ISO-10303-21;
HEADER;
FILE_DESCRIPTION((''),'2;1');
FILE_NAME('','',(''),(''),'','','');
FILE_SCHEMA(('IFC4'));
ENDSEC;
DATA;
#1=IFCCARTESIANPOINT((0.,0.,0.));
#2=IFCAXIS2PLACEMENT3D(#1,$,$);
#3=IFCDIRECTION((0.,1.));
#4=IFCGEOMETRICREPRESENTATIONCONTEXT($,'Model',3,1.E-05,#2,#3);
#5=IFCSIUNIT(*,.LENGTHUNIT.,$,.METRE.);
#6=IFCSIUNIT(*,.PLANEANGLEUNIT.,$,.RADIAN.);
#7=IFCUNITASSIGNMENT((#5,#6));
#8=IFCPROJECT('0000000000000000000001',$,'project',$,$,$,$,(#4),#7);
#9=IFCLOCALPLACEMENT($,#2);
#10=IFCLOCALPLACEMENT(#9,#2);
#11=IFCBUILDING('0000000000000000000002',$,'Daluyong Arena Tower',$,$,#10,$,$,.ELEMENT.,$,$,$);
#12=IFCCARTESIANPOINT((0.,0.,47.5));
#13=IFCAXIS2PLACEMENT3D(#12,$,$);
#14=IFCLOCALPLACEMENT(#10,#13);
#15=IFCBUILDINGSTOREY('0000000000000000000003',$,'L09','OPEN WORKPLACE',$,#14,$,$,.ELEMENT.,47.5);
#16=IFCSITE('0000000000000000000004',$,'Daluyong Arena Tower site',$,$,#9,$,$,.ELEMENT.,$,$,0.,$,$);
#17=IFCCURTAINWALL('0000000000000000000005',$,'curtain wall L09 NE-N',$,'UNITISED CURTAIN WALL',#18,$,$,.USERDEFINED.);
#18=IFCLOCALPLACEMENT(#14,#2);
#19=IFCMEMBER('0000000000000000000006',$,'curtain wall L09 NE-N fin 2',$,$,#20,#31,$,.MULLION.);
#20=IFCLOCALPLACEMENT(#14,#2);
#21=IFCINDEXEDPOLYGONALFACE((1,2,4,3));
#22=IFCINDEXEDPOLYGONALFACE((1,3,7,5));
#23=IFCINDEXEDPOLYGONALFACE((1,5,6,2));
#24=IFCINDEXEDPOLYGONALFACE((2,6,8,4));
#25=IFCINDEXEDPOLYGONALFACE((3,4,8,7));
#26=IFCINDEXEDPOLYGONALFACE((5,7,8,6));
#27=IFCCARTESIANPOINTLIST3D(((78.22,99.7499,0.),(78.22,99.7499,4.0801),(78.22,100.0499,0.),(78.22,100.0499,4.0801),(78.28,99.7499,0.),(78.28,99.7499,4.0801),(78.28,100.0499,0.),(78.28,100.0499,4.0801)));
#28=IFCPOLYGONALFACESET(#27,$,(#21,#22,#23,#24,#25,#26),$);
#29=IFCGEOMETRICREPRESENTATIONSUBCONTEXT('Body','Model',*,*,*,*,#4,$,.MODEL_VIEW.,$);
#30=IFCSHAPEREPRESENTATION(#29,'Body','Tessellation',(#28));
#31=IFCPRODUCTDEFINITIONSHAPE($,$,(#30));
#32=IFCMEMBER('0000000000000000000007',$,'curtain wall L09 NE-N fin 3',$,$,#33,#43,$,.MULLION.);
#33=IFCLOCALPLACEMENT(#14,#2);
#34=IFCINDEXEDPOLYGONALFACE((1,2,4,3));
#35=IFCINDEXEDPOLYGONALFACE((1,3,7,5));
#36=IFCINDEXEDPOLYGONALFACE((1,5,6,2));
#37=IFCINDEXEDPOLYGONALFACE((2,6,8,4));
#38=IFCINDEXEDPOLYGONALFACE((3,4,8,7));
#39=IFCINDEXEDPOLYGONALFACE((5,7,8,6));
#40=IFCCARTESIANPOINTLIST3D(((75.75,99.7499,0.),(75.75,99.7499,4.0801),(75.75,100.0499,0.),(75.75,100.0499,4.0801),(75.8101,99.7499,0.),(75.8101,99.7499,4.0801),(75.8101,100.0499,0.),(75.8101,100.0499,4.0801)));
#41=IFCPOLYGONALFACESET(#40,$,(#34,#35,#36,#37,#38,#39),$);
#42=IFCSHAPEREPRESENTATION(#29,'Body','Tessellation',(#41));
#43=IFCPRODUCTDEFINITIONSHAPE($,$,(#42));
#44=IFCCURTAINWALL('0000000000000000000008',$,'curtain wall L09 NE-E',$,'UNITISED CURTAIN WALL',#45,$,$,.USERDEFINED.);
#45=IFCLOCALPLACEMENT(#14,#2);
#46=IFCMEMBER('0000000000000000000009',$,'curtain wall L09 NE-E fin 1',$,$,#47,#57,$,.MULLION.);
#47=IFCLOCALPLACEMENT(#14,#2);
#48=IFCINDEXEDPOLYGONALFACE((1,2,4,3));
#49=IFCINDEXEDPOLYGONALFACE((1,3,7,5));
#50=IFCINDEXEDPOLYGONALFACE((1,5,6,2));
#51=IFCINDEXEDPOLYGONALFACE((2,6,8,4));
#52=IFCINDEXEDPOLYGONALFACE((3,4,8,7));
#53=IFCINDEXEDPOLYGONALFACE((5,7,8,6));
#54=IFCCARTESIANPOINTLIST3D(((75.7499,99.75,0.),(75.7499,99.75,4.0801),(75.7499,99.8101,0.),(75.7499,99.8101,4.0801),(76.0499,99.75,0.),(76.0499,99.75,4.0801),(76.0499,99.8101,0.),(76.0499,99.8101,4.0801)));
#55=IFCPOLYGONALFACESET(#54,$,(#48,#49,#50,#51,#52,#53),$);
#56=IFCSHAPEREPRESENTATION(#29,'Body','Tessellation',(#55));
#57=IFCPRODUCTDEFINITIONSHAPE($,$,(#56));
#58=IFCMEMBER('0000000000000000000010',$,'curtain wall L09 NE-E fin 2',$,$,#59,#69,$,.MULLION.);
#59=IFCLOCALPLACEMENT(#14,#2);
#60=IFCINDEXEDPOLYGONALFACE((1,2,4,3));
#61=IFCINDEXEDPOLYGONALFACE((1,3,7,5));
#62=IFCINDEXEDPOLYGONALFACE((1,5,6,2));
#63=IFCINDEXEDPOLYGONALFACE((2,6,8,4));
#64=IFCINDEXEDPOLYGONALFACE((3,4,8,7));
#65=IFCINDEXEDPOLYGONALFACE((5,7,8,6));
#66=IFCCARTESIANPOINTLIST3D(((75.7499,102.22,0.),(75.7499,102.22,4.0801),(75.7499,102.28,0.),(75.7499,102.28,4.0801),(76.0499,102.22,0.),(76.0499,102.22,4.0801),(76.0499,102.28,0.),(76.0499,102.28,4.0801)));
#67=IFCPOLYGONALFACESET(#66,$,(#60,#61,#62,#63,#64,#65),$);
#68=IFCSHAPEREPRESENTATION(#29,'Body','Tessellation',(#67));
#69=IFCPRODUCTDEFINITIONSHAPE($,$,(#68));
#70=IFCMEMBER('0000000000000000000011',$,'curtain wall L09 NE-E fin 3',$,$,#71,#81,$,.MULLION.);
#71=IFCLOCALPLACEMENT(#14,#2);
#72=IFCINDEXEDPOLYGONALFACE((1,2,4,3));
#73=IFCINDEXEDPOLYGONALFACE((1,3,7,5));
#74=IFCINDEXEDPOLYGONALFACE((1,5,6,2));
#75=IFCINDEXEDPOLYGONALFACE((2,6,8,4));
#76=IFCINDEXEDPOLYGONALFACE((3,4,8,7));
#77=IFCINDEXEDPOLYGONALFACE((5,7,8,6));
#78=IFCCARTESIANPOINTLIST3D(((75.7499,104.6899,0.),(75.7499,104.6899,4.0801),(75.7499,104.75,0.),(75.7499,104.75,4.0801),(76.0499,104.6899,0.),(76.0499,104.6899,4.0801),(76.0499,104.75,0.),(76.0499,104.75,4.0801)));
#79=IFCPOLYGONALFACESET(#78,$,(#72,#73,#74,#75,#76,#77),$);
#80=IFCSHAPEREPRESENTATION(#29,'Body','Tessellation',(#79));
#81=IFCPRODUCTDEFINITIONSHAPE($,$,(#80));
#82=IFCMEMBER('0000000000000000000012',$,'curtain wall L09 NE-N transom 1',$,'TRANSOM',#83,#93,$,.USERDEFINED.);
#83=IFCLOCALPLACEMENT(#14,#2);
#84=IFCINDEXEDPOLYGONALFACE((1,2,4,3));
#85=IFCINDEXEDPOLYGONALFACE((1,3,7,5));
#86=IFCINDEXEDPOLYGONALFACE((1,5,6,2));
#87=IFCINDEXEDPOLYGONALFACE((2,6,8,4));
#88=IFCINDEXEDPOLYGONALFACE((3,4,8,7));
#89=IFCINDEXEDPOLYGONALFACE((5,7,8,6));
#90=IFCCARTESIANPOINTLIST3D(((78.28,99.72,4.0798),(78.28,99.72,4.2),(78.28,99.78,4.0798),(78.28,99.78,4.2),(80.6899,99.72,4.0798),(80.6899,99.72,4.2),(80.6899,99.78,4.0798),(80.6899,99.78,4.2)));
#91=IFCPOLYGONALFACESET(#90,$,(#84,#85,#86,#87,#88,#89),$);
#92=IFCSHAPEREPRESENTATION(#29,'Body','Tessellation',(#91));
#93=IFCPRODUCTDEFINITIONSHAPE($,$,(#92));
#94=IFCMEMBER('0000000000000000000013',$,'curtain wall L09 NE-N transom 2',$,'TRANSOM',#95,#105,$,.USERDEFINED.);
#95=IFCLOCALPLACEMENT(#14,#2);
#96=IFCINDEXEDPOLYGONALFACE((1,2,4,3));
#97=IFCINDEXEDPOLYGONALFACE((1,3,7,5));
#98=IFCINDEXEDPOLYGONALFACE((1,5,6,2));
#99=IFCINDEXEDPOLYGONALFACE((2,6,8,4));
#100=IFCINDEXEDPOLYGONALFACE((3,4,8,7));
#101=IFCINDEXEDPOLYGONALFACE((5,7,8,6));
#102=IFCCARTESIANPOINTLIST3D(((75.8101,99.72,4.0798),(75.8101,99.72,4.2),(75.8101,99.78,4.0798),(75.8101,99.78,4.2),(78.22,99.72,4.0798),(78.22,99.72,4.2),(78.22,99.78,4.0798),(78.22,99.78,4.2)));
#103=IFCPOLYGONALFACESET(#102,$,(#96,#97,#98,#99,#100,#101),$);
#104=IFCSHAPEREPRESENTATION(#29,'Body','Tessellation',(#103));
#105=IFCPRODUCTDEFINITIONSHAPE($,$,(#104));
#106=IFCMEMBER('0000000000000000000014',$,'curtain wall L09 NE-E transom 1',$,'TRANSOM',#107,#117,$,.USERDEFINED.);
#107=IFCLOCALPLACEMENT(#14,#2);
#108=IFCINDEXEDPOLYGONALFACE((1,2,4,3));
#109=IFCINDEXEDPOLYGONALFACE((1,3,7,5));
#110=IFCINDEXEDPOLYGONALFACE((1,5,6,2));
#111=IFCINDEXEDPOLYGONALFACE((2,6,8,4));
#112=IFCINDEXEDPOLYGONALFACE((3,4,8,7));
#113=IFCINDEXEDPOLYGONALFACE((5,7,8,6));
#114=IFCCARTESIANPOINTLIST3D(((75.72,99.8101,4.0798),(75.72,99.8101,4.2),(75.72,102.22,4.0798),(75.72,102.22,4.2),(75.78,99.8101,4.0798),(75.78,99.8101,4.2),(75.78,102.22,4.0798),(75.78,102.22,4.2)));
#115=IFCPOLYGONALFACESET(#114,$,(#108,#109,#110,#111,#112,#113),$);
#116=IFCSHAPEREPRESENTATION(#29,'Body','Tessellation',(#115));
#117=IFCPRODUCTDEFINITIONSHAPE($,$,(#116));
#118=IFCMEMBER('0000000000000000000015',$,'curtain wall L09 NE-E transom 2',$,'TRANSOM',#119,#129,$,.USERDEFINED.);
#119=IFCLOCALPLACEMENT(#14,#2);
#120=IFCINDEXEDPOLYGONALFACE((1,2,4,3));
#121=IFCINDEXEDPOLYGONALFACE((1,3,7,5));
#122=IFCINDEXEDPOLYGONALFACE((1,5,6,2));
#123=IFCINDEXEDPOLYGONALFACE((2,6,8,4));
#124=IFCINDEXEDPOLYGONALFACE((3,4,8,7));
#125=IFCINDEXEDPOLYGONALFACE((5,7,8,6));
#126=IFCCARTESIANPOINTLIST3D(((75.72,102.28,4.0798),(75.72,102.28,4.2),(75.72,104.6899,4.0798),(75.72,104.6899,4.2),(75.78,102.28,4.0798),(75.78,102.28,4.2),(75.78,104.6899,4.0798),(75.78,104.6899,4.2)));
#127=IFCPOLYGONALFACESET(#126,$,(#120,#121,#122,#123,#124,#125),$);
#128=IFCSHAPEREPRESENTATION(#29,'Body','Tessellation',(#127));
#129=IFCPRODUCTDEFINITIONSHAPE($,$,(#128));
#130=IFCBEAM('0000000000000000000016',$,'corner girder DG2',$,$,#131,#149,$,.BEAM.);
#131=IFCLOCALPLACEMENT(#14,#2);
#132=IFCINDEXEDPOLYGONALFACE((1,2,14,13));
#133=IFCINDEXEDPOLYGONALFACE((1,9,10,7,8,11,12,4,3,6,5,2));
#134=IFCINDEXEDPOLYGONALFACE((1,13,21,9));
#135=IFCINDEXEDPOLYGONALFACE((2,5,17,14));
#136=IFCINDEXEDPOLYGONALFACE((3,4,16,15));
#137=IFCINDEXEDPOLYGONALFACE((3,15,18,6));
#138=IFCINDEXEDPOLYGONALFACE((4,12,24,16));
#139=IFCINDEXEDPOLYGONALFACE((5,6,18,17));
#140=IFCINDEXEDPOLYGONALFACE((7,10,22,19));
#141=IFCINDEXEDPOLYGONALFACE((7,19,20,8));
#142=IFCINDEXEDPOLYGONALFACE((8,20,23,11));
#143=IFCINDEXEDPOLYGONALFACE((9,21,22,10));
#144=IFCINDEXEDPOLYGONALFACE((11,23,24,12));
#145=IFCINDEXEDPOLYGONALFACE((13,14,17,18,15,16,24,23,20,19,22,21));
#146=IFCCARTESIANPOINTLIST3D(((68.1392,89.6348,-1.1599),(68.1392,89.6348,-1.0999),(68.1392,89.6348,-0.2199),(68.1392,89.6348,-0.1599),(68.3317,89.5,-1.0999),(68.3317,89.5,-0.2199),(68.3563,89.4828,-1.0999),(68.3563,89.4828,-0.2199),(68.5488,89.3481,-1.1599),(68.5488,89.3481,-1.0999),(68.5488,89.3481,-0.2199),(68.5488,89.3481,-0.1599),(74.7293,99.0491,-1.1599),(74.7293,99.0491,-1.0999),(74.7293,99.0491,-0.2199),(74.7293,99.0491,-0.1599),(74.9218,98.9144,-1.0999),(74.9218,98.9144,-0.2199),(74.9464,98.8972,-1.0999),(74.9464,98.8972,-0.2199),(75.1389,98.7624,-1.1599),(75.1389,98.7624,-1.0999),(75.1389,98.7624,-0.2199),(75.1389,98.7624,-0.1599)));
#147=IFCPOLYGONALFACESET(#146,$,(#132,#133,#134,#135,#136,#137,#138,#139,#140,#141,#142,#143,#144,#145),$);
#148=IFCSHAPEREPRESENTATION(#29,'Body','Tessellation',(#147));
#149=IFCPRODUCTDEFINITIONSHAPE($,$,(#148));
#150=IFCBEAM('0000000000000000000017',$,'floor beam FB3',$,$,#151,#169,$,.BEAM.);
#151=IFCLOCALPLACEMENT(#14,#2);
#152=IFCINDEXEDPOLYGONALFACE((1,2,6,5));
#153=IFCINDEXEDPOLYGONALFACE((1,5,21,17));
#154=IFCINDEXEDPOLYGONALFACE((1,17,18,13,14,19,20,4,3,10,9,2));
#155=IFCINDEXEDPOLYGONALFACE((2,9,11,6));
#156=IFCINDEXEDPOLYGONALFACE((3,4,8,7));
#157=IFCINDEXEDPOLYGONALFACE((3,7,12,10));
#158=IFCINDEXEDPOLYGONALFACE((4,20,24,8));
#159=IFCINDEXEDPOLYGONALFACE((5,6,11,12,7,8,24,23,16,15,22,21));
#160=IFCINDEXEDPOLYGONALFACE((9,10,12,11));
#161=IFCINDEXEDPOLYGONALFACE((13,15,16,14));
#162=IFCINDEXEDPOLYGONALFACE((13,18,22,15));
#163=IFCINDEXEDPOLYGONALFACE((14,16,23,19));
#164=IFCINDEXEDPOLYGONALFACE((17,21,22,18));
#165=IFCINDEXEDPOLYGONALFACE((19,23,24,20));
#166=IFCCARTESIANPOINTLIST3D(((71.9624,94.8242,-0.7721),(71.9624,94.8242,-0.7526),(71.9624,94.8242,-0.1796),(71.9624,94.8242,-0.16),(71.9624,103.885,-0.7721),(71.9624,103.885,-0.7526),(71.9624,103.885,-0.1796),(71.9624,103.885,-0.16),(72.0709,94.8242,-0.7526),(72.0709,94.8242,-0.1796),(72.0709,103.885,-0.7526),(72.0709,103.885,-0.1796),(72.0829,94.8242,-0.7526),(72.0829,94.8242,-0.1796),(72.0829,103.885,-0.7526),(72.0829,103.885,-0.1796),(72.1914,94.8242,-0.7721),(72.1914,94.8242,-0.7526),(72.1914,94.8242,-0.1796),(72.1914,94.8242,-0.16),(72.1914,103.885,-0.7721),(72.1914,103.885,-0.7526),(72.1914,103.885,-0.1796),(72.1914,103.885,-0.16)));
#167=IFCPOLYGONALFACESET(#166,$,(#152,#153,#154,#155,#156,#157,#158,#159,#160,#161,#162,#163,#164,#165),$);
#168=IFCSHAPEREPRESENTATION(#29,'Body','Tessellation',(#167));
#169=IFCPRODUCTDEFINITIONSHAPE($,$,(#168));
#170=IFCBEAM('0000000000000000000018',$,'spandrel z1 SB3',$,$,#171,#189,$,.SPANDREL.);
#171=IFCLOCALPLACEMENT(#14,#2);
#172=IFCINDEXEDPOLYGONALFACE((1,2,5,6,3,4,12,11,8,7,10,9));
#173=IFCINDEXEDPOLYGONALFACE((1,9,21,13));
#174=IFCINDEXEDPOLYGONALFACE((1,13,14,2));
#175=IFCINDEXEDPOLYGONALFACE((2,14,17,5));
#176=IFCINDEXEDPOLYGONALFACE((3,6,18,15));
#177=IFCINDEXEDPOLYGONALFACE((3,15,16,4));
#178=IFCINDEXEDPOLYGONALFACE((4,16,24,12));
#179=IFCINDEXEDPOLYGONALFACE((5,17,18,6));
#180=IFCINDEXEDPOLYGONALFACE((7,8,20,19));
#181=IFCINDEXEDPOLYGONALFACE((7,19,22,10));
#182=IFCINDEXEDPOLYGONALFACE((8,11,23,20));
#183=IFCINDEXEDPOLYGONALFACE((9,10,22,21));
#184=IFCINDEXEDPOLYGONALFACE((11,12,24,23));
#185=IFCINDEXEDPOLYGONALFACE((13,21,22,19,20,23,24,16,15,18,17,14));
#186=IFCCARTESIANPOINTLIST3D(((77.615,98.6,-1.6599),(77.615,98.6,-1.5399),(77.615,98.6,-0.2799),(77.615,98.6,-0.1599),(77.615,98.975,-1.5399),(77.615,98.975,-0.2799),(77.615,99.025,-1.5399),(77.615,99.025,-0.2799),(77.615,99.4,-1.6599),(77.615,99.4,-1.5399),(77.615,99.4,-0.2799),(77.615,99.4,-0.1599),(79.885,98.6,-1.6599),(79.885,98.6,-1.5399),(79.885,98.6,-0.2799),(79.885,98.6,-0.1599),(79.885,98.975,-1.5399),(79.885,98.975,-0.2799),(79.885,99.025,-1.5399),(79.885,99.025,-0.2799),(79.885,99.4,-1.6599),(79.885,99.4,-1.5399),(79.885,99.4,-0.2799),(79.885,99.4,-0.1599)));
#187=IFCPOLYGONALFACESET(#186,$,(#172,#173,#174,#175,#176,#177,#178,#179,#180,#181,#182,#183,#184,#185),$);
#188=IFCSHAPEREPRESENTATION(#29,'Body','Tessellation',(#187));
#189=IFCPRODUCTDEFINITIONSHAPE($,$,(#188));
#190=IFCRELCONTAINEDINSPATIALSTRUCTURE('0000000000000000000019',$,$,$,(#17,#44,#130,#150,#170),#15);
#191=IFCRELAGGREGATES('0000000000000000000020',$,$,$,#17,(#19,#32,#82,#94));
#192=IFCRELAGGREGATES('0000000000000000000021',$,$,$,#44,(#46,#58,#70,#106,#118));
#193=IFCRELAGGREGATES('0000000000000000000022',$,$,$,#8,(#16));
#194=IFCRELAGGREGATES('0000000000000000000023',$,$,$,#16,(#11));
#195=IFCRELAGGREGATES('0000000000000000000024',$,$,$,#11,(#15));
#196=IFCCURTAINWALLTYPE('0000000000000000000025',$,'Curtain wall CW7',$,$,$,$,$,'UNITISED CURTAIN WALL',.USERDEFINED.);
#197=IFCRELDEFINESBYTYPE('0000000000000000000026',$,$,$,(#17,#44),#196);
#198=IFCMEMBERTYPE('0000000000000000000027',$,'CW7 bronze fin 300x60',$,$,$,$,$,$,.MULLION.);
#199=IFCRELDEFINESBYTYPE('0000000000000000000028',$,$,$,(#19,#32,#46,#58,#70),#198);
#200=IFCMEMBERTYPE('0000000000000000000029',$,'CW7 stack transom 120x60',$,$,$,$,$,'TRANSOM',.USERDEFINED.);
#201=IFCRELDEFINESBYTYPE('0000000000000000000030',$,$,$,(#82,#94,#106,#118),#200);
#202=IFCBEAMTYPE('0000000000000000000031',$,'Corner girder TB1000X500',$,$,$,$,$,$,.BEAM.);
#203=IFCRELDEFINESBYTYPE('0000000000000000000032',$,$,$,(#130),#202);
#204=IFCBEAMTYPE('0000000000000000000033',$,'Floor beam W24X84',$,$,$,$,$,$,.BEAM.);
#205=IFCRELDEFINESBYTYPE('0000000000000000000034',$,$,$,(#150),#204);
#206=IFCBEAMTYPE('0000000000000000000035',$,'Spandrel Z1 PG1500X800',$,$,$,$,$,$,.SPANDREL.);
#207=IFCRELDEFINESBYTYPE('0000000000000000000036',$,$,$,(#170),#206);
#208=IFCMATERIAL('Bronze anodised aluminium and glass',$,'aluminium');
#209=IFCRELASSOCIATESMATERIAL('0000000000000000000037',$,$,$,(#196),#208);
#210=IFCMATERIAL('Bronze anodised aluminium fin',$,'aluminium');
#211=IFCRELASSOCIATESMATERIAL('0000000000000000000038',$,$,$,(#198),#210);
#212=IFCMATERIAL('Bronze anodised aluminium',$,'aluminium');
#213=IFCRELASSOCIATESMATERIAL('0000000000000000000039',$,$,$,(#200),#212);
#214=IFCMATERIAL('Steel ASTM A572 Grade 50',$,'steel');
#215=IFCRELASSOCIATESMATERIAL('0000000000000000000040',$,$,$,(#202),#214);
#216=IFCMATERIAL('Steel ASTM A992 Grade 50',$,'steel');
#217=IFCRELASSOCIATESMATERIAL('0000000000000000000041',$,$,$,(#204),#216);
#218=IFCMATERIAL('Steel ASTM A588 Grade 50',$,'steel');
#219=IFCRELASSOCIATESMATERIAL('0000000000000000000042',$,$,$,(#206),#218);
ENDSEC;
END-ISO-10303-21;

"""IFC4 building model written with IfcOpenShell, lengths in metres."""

from ifc_helpers import new_model, si_unit, direction, frame, origin, origin_2d, place, context, subcontext, project, spatial, rectangle, i_section, extrude, material, material_profile, profile_set, type_object, element, aggregate, save


model = new_model("IFC4")

# Units and contexts
model_context = context("Model", 3, precision=1e-05, world=origin(), true_north=direction((0.0, 1.0)))
body_context = subcontext(model_context, "Body", "Model", "MODEL_VIEW")
ifc_project = project(units=[si_unit("LENGTHUNIT", "METRE"), si_unit("PLANEANGLEUNIT", "RADIAN")], contexts=[model_context])

# Site, building, storey
site_placement = place(None, origin())
site = spatial("IfcSite", under=ifc_project, at=site_placement, Name="Daluyong Arena Tower site", CompositionType="ELEMENT", RefElevation=0.0)
building_placement = place(site_placement, origin())
building = spatial("IfcBuilding", under=site, at=building_placement, Name="Daluyong Arena Tower", CompositionType="ELEMENT")
storey_placement = place(building_placement, frame((0.0, 0.0, 47.5)))
storey = spatial("IfcBuildingStorey", under=building, at=storey_placement, Name="L09", Description="OPEN WORKPLACE", CompositionType="ELEMENT", Elevation=47.5)

# Curtain walls, members
ifc_material_1 = material(Name="Bronze anodised aluminium and glass", Category="aluminium")
curtain_wall_type_1 = type_object("IfcCurtainWallType", Name="Curtain wall CW7", ElementType="UNITISED CURTAIN WALL", PredefinedType="USERDEFINED", material=ifc_material_1)
curtain_wall_1_placement = place(storey_placement, origin())
curtain_wall_1 = element("IfcCurtainWall", 1, at=curtain_wall_1_placement, inside=storey, type_object=curtain_wall_type_1, Name="curtain wall L09 NE-N", ObjectType="UNITISED CURTAIN WALL", PredefinedType="USERDEFINED")
ifc_material_2 = material(Name="Bronze anodised aluminium fin", Category="aluminium")
ifc_material_profile_1 = material_profile(ifc_material_2, rectangle(XDim=0.3, YDim=0.0601, at=origin_2d()))
ifc_profile_set_1 = profile_set([ifc_material_profile_1], Name="Bronze anodised aluminium fin")
member_type_1 = type_object("IfcMemberType", Name="CW7 bronze fin 300x60", PredefinedType="MULLION", material=ifc_profile_set_1)
member_1_placement = place(storey_placement, frame((78.25, 99.8999, 0.0), z_axis=(0.0, 0.0, 1.0), x_axis=(0.0, -1.0, 0.0)))
member_1 = element("IfcMember", 2, at=member_1_placement, type_object=member_type_1, Name="curtain wall L09 NE-N fin 2", PredefinedType="MULLION", context=body_context, shape_type="SweptSolid", body=[
    extrude(rectangle(XDim=0.3, YDim=0.0601, at=origin_2d()), origin(), (0.0, 0.0, 1.0), 4.0801),
])
member_2_placement = place(storey_placement, frame((75.78, 99.8999, 0.0), z_axis=(0.0, 0.0, 1.0), x_axis=(0.0, -1.0, 0.0)))
member_2 = element("IfcMember", 3, at=member_2_placement, type_object=member_type_1, Name="curtain wall L09 NE-N fin 3", PredefinedType="MULLION", context=body_context, shape_type="SweptSolid", body=[
    extrude(rectangle(XDim=0.3, YDim=0.0601, at=origin_2d()), origin(), (0.0, 0.0, 1.0), 4.0801),
])
curtain_wall_2_placement = place(storey_placement, origin())
curtain_wall_2 = element("IfcCurtainWall", 4, at=curtain_wall_2_placement, inside=storey, type_object=curtain_wall_type_1, Name="curtain wall L09 NE-E", ObjectType="UNITISED CURTAIN WALL", PredefinedType="USERDEFINED")
member_3_placement = place(storey_placement, frame((75.8999, 99.78, 0.0), z_axis=(0.0, 0.0, 1.0), x_axis=(-1.0, 0.0, 0.0)))
member_3 = element("IfcMember", 5, at=member_3_placement, type_object=member_type_1, Name="curtain wall L09 NE-E fin 1", PredefinedType="MULLION", context=body_context, shape_type="SweptSolid", body=[
    extrude(rectangle(XDim=0.3, YDim=0.0601, at=origin_2d()), origin(), (0.0, 0.0, 1.0), 4.0801),
])
member_4_placement = place(storey_placement, frame((75.8999, 102.25, 0.0), z_axis=(0.0, 0.0, 1.0), x_axis=(-1.0, 0.0, 0.0)))
member_4 = element("IfcMember", 6, at=member_4_placement, type_object=member_type_1, Name="curtain wall L09 NE-E fin 2", PredefinedType="MULLION", context=body_context, shape_type="SweptSolid", body=[
    extrude(rectangle(XDim=0.3, YDim=0.0601, at=origin_2d()), origin(), (0.0, 0.0, 1.0), 4.0801),
])
member_5_placement = place(storey_placement, frame((75.8999, 104.72, 0.0), z_axis=(0.0, 0.0, 1.0), x_axis=(-1.0, 0.0, 0.0)))
member_5 = element("IfcMember", 7, at=member_5_placement, type_object=member_type_1, Name="curtain wall L09 NE-E fin 3", PredefinedType="MULLION", context=body_context, shape_type="SweptSolid", body=[
    extrude(rectangle(XDim=0.3, YDim=0.0601, at=origin_2d()), origin(), (0.0, 0.0, 1.0), 4.0801),
])

# Members
ifc_material_3 = material(Name="Bronze anodised aluminium", Category="aluminium")
ifc_material_profile_2 = material_profile(ifc_material_3, rectangle(XDim=0.0601, YDim=0.1201, at=origin_2d()))
ifc_profile_set_2 = profile_set([ifc_material_profile_2], Name="Bronze anodised aluminium")
member_type_2 = type_object("IfcMemberType", Name="CW7 stack transom 120x60", ElementType="TRANSOM", PredefinedType="USERDEFINED", material=ifc_profile_set_2)
member_6_placement = place(storey_placement, frame((80.6899, 99.75, 4.1399), z_axis=(-1.0, 0.0, 0.0), x_axis=(0.0, -1.0, 0.0)))
member_6 = element("IfcMember", 8, at=member_6_placement, type_object=member_type_2, Name="curtain wall L09 NE-N transom 1", ObjectType="TRANSOM", PredefinedType="USERDEFINED", context=body_context, shape_type="SweptSolid", body=[
    extrude(rectangle(XDim=0.0601, YDim=0.1201, at=origin_2d()), origin(), (0.0, 0.0, 1.0), 2.4099),
])
member_7_placement = place(storey_placement, frame((78.22, 99.75, 4.1399), z_axis=(-1.0, 0.0, 0.0), x_axis=(0.0, -1.0, 0.0)))
member_7 = element("IfcMember", 9, at=member_7_placement, type_object=member_type_2, Name="curtain wall L09 NE-N transom 2", ObjectType="TRANSOM", PredefinedType="USERDEFINED", context=body_context, shape_type="SweptSolid", body=[
    extrude(rectangle(XDim=0.0601, YDim=0.1201, at=origin_2d()), origin(), (0.0, 0.0, 1.0), 2.4099),
])
member_8_placement = place(storey_placement, frame((75.75, 99.8101, 4.1399), z_axis=(0.0, 1.0, 0.0), x_axis=(-1.0, 0.0, 0.0)))
member_8 = element("IfcMember", 10, at=member_8_placement, type_object=member_type_2, Name="curtain wall L09 NE-E transom 1", ObjectType="TRANSOM", PredefinedType="USERDEFINED", context=body_context, shape_type="SweptSolid", body=[
    extrude(rectangle(XDim=0.0601, YDim=0.1201, at=origin_2d()), origin(), (0.0, 0.0, 1.0), 2.4099),
])
member_9_placement = place(storey_placement, frame((75.75, 102.28, 4.1399), z_axis=(0.0, 1.0, 0.0), x_axis=(-1.0, 0.0, 0.0)))
member_9 = element("IfcMember", 11, at=member_9_placement, type_object=member_type_2, Name="curtain wall L09 NE-E transom 2", ObjectType="TRANSOM", PredefinedType="USERDEFINED", context=body_context, shape_type="SweptSolid", body=[
    extrude(rectangle(XDim=0.0601, YDim=0.1201, at=origin_2d()), origin(), (0.0, 0.0, 1.0), 2.4099),
])

# Beams
ifc_material_4 = material(Name="Steel ASTM A572 Grade 50", Category="steel")
ifc_material_profile_3 = material_profile(ifc_material_4, i_section(OverallWidth=0.5, OverallDepth=1.0, WebThickness=0.03, FlangeThickness=0.06, at=origin_2d()))
ifc_profile_set_3 = profile_set([ifc_material_profile_3], Name="Steel ASTM A572 Grade 50")
beam_type_1 = type_object("IfcBeamType", Name="Corner girder TB1000X500", PredefinedType="BEAM", material=ifc_profile_set_3)
beam_1_placement = place(storey_placement, frame((74.9341, 98.9058, -0.6599), z_axis=(-0.573467, -0.819229, 0.0), x_axis=(0.819229, -0.573467, 0.0)))
element("IfcBeam", 12, at=beam_1_placement, inside=storey, type_object=beam_type_1, Name="corner girder DG2", PredefinedType="BEAM", context=body_context, shape_type="SweptSolid", body=[
    extrude(i_section(OverallWidth=0.5, OverallDepth=1.0, WebThickness=0.03, FlangeThickness=0.06, at=origin_2d()), origin(), (0.0, 0.0, 1.0), 11.4917),
])
ifc_material_5 = material(Name="Steel ASTM A992 Grade 50", Category="steel")
ifc_material_profile_4 = material_profile(ifc_material_5, i_section(OverallWidth=0.229, OverallDepth=0.6121, WebThickness=0.012, FlangeThickness=0.0195, at=origin_2d()))
ifc_profile_set_4 = profile_set([ifc_material_profile_4], Name="Steel ASTM A992 Grade 50")
beam_type_2 = type_object("IfcBeamType", Name="Floor beam W24X84", PredefinedType="BEAM", material=ifc_profile_set_4)
beam_2_placement = place(storey_placement, frame((72.0769, 103.885, -0.4661), z_axis=(0.0, -1.0, 0.0), x_axis=(1.0, 0.0, 0.0)))
element("IfcBeam", 13, at=beam_2_placement, inside=storey, type_object=beam_type_2, Name="floor beam FB3", PredefinedType="BEAM", context=body_context, shape_type="SweptSolid", body=[
    extrude(i_section(OverallWidth=0.229, OverallDepth=0.6121, WebThickness=0.012, FlangeThickness=0.0195, at=origin_2d()), origin(), (0.0, 0.0, 1.0), 9.0608),
])
ifc_material_6 = material(Name="Steel ASTM A588 Grade 50", Category="steel")
ifc_material_profile_5 = material_profile(ifc_material_6, i_section(OverallWidth=0.8, OverallDepth=1.5, WebThickness=0.05, FlangeThickness=0.12, at=origin_2d()))
ifc_profile_set_5 = profile_set([ifc_material_profile_5], Name="Steel ASTM A588 Grade 50")
beam_type_3 = type_object("IfcBeamType", Name="Spandrel Z1 PG1500X800", PredefinedType="SPANDREL", material=ifc_profile_set_5)
for number, where, z_axis, x_axis, name in (
    (14, (79.885, 99.0, -0.9099), (-1.0, 0.0, 0.0), (0.0, -1.0, 0.0), "spandrel z1 SB3"),
):
    element("IfcBeam", number, at=place(storey_placement, frame(where, z_axis=z_axis, x_axis=x_axis)), inside=storey, type_object=beam_type_3, Name=name, PredefinedType="SPANDREL", context=body_context, shape_type="SweptSolid", body=[
        extrude(i_section(OverallWidth=0.8, OverallDepth=1.5, WebThickness=0.05, FlangeThickness=0.12, at=origin_2d()), origin(), (0.0, 0.0, 1.0), 2.27),
    ])

aggregate(curtain_wall_1, [member_1, member_2, member_6, member_7])
aggregate(curtain_wall_2, [member_3, member_4, member_5, member_8, member_9])

save(model, "model.ifc")
